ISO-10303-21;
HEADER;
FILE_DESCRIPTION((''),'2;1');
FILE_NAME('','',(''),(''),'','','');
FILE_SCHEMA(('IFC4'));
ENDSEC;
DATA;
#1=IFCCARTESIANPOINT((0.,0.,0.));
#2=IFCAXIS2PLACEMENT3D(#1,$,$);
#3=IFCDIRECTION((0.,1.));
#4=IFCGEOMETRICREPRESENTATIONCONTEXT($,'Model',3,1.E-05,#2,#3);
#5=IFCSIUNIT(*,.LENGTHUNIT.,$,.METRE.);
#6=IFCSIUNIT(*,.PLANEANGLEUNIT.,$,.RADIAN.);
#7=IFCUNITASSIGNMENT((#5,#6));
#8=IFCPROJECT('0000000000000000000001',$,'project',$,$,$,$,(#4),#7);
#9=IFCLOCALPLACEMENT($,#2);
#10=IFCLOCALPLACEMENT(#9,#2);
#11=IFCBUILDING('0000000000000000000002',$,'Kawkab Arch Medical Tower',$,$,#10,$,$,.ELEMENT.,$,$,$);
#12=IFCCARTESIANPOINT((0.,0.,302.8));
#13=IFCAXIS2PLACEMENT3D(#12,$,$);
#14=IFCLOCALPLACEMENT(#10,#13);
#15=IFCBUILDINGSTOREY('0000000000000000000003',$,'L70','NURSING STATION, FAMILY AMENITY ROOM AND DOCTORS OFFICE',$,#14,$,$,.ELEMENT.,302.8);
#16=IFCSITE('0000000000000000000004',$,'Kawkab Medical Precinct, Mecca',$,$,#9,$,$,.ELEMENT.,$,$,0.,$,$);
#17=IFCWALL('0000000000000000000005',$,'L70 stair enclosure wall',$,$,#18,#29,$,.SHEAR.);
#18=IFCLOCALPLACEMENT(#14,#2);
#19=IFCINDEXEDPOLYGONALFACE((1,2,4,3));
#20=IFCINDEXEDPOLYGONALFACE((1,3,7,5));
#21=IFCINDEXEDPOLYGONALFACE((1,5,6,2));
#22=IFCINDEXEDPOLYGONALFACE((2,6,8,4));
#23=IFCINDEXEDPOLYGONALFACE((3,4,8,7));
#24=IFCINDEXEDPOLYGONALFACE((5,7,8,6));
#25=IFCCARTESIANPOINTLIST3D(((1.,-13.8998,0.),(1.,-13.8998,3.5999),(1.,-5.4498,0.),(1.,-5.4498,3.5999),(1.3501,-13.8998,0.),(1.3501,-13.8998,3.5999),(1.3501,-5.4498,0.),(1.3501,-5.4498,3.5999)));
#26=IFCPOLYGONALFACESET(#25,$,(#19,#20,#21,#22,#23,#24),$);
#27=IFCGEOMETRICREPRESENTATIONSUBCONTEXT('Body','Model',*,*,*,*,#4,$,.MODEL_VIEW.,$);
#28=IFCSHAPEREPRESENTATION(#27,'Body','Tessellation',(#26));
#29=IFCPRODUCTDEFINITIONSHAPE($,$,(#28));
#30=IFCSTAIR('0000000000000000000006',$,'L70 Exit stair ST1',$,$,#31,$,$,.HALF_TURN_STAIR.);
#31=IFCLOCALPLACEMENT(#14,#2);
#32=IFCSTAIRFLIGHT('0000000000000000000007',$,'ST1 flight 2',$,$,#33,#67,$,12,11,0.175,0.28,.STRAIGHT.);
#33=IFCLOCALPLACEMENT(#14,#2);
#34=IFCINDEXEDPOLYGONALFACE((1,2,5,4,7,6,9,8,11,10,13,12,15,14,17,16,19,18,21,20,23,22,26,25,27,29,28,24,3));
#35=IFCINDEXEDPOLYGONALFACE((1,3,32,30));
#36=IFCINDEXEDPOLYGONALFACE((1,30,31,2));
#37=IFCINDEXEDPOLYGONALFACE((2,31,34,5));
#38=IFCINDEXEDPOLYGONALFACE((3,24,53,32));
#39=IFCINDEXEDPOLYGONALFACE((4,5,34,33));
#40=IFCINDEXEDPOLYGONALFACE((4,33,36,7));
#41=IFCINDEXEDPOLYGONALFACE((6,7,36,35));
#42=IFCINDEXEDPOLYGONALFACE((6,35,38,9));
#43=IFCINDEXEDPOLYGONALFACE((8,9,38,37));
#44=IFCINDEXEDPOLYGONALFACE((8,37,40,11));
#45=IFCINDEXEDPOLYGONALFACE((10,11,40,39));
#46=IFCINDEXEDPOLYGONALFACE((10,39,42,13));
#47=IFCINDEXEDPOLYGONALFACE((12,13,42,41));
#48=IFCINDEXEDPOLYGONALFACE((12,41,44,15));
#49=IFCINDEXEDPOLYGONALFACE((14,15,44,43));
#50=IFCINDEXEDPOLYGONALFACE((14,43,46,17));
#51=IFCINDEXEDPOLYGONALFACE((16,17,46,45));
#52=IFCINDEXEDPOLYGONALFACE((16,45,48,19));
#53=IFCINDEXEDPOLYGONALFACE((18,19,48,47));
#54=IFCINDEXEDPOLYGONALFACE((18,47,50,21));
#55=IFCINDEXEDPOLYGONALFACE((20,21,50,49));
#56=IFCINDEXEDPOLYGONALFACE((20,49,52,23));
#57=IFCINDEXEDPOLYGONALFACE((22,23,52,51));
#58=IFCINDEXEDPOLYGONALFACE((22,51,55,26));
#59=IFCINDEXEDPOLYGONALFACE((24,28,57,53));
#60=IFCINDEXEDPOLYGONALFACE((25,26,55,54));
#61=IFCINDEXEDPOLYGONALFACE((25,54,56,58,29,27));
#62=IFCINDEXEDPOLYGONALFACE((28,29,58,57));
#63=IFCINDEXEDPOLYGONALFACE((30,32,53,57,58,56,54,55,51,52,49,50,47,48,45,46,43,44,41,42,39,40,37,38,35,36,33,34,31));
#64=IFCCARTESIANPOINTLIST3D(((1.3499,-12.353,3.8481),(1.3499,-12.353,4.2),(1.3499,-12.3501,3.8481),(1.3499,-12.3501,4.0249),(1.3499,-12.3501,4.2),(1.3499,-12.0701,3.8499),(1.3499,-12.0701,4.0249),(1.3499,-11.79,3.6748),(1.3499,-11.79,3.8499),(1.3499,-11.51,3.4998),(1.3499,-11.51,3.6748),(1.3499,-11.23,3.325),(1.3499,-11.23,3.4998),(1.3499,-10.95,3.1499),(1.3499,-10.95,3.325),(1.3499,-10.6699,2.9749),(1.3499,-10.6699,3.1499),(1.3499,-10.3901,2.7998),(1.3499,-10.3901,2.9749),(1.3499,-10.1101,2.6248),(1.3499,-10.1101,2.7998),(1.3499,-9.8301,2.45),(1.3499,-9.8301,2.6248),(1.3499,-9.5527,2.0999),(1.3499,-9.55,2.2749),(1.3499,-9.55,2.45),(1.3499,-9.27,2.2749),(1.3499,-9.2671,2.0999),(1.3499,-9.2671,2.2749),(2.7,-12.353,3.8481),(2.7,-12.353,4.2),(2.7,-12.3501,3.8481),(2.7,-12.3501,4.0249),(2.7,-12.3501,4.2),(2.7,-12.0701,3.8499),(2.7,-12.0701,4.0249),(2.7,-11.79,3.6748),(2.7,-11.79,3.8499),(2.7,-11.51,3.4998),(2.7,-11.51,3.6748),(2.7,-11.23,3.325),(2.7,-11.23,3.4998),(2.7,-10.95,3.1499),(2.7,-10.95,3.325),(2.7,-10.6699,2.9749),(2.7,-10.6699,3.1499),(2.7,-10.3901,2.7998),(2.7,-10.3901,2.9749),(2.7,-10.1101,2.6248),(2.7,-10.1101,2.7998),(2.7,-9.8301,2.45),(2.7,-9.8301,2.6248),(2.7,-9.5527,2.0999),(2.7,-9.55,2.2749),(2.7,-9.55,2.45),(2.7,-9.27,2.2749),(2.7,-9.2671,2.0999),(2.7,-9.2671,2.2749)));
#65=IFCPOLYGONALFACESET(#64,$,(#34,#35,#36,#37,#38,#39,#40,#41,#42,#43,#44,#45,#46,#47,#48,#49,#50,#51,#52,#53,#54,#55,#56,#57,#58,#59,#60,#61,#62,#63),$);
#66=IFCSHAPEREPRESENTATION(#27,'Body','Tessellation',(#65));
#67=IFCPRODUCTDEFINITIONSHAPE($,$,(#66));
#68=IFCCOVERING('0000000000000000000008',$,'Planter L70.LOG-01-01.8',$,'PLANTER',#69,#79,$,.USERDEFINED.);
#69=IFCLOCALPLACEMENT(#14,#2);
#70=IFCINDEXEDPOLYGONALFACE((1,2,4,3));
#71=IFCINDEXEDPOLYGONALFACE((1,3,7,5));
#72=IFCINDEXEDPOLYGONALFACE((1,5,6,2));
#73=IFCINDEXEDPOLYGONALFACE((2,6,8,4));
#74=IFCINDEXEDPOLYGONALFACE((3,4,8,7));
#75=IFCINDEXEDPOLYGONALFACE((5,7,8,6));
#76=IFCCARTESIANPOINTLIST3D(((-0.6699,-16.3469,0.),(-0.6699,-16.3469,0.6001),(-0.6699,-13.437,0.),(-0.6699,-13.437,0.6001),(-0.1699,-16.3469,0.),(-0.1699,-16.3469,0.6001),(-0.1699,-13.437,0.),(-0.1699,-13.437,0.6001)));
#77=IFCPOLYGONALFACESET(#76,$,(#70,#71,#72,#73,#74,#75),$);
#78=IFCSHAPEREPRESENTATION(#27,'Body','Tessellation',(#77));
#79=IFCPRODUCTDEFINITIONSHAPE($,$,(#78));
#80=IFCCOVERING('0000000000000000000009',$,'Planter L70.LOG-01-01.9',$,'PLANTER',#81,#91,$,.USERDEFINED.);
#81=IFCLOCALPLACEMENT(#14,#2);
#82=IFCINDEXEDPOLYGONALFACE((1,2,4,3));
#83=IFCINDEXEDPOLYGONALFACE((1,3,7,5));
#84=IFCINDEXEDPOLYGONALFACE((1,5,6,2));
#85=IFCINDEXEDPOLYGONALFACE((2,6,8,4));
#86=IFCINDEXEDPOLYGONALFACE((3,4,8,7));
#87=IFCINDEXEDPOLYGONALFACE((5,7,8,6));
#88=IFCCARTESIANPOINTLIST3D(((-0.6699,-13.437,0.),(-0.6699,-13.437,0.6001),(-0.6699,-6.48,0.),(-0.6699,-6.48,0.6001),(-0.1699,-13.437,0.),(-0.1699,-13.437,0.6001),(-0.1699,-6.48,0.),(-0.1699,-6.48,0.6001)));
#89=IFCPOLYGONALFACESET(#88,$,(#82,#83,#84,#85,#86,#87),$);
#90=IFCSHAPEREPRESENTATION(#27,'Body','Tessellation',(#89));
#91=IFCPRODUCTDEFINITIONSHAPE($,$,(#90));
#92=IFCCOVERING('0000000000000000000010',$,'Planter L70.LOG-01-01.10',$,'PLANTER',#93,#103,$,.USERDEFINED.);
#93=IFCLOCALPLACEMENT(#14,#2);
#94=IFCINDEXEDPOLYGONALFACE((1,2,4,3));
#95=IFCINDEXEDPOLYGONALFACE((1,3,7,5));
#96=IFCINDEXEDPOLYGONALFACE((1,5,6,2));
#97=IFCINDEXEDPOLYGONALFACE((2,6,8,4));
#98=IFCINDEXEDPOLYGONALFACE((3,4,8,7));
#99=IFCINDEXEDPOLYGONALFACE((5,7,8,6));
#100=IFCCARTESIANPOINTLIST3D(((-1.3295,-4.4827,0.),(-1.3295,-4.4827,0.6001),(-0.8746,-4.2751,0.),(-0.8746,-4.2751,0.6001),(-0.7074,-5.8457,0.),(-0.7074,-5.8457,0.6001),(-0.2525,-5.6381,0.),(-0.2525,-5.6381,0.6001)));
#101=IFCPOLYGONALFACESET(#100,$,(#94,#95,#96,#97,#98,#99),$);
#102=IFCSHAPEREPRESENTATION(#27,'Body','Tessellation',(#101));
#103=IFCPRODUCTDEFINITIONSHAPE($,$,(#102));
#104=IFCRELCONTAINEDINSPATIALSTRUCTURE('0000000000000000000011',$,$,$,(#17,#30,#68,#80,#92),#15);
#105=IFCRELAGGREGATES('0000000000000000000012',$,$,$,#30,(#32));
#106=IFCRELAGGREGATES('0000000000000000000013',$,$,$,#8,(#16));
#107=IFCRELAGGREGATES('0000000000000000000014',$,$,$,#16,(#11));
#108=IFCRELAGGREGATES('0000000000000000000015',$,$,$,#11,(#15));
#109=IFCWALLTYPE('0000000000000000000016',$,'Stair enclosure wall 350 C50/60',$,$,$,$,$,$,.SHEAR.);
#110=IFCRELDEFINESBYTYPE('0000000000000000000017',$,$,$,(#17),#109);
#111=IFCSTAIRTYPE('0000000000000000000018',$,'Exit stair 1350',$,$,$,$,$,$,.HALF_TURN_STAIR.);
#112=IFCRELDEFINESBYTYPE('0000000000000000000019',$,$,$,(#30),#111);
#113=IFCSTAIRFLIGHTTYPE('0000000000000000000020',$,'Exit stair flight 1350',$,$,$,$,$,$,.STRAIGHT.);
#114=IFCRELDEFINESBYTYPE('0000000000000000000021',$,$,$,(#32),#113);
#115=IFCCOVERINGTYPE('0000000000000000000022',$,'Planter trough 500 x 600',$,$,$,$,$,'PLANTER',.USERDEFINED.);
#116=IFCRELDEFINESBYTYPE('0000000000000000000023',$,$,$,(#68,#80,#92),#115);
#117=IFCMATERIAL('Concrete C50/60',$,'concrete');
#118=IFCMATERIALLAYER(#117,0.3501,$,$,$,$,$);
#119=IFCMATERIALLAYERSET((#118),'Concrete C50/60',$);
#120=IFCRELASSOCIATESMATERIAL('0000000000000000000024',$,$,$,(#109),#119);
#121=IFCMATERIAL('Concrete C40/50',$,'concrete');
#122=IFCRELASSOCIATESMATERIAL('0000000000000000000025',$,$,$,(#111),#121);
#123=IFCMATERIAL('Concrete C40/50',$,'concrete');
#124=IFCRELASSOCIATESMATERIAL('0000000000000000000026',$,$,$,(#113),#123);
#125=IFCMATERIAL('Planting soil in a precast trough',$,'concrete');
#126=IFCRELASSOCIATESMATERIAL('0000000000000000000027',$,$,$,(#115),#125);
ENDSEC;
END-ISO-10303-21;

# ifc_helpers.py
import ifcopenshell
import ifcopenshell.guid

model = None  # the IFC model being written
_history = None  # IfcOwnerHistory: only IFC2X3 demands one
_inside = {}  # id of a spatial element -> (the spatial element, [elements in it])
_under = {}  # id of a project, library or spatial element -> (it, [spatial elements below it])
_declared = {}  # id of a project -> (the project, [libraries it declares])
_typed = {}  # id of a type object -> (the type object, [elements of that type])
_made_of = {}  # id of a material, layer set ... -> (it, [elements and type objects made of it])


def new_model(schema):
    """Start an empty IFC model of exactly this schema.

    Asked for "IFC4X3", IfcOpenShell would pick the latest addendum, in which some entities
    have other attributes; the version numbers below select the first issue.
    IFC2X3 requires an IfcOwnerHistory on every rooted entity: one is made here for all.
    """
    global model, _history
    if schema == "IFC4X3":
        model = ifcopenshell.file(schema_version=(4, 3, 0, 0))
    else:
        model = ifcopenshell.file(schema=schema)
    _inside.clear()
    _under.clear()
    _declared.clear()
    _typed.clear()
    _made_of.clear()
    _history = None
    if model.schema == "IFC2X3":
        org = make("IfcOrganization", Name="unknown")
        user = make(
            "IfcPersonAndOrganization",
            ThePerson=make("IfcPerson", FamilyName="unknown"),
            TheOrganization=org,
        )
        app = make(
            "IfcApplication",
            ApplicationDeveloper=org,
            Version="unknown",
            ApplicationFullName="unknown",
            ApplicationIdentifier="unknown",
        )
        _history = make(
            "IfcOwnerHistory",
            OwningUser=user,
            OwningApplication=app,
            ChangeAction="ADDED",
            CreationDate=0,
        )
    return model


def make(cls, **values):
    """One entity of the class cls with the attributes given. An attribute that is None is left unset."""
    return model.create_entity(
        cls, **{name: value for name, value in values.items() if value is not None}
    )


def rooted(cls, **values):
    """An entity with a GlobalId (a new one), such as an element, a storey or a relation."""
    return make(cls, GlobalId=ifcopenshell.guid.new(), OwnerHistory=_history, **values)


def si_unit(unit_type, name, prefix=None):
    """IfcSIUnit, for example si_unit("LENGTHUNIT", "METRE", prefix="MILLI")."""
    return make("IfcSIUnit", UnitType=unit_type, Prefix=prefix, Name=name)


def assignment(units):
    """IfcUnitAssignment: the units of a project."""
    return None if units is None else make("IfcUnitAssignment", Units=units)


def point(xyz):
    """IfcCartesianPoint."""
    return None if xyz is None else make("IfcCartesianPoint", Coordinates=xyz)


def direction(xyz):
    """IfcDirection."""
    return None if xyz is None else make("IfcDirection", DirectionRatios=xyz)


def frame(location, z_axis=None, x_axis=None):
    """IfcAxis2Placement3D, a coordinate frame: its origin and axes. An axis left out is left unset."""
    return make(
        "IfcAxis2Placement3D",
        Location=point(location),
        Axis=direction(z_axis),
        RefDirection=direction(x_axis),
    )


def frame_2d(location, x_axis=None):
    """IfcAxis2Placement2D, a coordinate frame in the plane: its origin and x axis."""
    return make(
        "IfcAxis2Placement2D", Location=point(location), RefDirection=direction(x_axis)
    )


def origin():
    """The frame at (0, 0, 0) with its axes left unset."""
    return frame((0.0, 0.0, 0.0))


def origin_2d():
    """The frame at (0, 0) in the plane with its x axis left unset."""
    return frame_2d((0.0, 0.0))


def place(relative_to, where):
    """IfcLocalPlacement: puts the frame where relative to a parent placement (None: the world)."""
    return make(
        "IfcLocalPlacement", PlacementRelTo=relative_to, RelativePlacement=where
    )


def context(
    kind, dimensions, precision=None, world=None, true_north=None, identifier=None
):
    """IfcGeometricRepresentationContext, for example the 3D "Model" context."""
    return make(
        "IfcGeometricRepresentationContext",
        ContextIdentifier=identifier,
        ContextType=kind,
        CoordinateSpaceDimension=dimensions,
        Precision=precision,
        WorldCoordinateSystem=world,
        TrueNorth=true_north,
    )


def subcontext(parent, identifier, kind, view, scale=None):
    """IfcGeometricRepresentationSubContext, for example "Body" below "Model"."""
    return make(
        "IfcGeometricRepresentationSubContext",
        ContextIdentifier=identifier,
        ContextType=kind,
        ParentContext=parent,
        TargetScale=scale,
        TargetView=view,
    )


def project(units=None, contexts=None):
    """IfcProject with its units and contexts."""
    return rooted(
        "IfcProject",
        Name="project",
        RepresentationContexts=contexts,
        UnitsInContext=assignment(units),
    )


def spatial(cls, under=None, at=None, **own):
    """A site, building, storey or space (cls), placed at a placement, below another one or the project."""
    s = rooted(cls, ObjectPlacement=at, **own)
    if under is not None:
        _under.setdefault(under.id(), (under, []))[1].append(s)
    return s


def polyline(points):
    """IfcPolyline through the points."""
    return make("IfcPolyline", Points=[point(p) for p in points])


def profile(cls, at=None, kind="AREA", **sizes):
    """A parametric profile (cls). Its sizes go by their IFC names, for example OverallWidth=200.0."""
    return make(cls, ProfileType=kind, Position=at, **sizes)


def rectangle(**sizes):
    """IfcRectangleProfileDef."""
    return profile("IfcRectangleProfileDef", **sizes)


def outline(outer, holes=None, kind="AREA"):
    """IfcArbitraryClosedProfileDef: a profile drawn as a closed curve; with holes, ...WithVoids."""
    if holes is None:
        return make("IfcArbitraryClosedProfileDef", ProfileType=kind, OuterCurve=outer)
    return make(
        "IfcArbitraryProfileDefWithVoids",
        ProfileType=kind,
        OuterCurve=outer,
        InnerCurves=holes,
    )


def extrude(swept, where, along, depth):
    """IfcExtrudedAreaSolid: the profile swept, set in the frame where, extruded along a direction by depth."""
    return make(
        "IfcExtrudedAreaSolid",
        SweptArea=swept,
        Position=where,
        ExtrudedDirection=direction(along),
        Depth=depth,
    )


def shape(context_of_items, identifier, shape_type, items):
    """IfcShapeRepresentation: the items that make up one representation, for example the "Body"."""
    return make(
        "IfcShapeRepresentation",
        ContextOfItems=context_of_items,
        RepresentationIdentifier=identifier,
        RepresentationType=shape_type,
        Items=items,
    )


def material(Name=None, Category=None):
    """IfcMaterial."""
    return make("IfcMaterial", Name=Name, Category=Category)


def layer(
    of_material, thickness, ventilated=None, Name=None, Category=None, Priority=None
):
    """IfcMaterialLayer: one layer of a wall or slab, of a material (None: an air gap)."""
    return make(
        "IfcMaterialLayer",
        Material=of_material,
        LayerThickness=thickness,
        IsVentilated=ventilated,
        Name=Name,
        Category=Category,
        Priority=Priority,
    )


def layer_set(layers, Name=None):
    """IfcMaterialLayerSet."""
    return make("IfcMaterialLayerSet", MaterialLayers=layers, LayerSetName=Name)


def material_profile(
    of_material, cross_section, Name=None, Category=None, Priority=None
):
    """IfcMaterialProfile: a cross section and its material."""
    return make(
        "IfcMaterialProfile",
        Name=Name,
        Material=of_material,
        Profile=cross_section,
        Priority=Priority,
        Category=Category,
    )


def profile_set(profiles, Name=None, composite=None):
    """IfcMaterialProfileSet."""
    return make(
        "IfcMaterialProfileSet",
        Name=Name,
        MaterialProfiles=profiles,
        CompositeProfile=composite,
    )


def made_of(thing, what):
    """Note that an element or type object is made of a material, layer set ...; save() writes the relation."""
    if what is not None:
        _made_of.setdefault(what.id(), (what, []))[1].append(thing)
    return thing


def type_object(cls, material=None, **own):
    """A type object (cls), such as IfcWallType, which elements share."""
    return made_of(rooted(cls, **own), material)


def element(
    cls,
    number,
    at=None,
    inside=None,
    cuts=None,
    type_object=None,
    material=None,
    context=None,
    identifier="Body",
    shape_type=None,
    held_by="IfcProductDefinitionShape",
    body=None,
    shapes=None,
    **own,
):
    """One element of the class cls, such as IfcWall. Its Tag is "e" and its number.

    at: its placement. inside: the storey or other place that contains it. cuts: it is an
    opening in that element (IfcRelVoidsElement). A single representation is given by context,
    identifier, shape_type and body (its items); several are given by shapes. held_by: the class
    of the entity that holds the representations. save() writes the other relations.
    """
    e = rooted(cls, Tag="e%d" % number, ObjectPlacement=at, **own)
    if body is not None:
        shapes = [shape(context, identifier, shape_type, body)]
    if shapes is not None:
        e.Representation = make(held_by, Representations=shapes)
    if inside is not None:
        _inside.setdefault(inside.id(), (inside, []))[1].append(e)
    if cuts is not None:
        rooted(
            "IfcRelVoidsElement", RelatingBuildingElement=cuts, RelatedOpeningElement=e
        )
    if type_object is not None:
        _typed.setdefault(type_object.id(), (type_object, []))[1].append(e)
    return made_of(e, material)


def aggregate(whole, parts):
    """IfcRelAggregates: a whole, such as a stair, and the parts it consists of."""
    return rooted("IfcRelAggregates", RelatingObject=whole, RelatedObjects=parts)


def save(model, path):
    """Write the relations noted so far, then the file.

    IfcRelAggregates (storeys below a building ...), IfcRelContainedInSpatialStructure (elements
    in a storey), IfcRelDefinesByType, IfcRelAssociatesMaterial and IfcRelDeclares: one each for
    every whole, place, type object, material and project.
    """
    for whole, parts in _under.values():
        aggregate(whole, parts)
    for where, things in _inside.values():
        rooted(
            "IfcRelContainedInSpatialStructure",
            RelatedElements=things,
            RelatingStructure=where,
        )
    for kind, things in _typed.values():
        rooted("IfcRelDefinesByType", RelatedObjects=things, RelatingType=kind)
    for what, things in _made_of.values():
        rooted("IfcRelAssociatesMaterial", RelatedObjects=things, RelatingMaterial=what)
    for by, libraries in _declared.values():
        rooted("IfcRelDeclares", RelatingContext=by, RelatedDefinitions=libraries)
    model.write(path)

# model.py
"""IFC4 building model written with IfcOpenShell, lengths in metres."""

from ifc_helpers import new_model, si_unit, direction, frame, frame_2d, origin, origin_2d, place, context, subcontext, project, spatial, polyline, rectangle, outline, extrude, material, layer, layer_set, material_profile, profile_set, type_object, element, aggregate, save


model = new_model("IFC4")

# Units and contexts
model_context = context("Model", 3, precision=1e-05, world=origin(), true_north=direction((0.0, 1.0)))
body_context = subcontext(model_context, "Body", "Model", "MODEL_VIEW")
ifc_project = project(units=[si_unit("LENGTHUNIT", "METRE"), si_unit("PLANEANGLEUNIT", "RADIAN")], contexts=[model_context])

# Site, building, storey
site_placement = place(None, origin())
site = spatial("IfcSite", under=ifc_project, at=site_placement, Name="Kawkab Medical Precinct, Mecca", CompositionType="ELEMENT", RefElevation=0.0)
building_placement = place(site_placement, origin())
building = spatial("IfcBuilding", under=site, at=building_placement, Name="Kawkab Arch Medical Tower", CompositionType="ELEMENT")
storey_placement = place(building_placement, frame((0.0, 0.0, 302.8)))
storey = spatial("IfcBuildingStorey", under=building, at=storey_placement, Name="L70", Description="NURSING STATION, FAMILY AMENITY ROOM AND DOCTORS OFFICE", CompositionType="ELEMENT", Elevation=302.8)

# Shared definitions
placement = place(storey_placement, origin())

# Wall
ifc_material_1 = material(Name="Concrete C50/60", Category="concrete")
ifc_layer_1 = layer(ifc_material_1, 0.3501)
ifc_layer_set_1 = layer_set([ifc_layer_1], Name="Concrete C50/60")
wall_type_1 = type_object("IfcWallType", Name="Stair enclosure wall 350 C50/60", PredefinedType="SHEAR", material=ifc_layer_set_1)
wall_placement = place(storey_placement, frame((1.175, -13.8999, 0.0), z_axis=(0.0, 0.0, 1.0), x_axis=(0.0, 1.0, 0.0)))
element("IfcWall", 1, at=wall_placement, inside=storey, type_object=wall_type_1, Name="L70 stair enclosure wall", PredefinedType="SHEAR", context=body_context, shape_type="SweptSolid", body=[
    extrude(rectangle(XDim=8.45, YDim=0.3501, at=frame_2d((4.2251, 0.0))), origin(), (0.0, 0.0, 1.0), 3.5999),
])

# Stair, stair flight
ifc_material_2 = material(Name="Concrete C40/50", Category="concrete")
stair_type = type_object("IfcStairType", Name="Exit stair 1350", PredefinedType="HALF_TURN_STAIR", material=ifc_material_2)
stair = element("IfcStair", 2, at=placement, inside=storey, type_object=stair_type, Name="L70 Exit stair ST1", PredefinedType="HALF_TURN_STAIR")
ifc_material_3 = material(Name="Concrete C40/50", Category="concrete")
stair_flight_type = type_object("IfcStairFlightType", Name="Exit stair flight 1350", PredefinedType="STRAIGHT", material=ifc_material_3)
stair_flight_placement = place(storey_placement, frame((2.0249, -9.27, 2.0999), z_axis=(0.0, 0.0, 1.0), x_axis=(0.0, -1.0, 0.0)))
stair_flight = element("IfcStairFlight", 3, at=stair_flight_placement, type_object=stair_flight_type, Name="ST1 flight 2", NumberOfRisers=12, NumberOfTreads=11, PredefinedType="STRAIGHT", RiserHeight=0.175, TreadLength=0.28, context=body_context, shape_type="SweptSolid", body=[
    extrude(outline(polyline([(-0.0029, 0.0), (-0.0029, 0.175), (0.0, 0.175), (0.28, 0.175), (0.28, 0.3501), (0.5601, 0.3501), (0.5601, 0.5249), (0.8401, 0.5249), (0.8401, 0.7), (1.1201, 0.7), (1.1201, 0.875), (1.3999, 0.875), (1.3999, 1.05), (1.6799, 1.05), (1.6799, 1.2251), (1.96, 1.2251), (1.96, 1.3999), (2.24, 1.3999), (2.24, 1.575), (2.52, 1.575), (2.52, 1.75), (2.8, 1.75), (2.8, 1.925), (3.0801, 1.925), (3.0801, 2.1001), (3.083, 2.1001), (3.083, 1.7483), (3.0801, 1.7483), (0.2827, 0.0), (-0.0029, 0.0)])), frame((0.0, 0.675, 0.0), z_axis=(0.0, -1.0, 0.0), x_axis=(1.0, 0.0, 0.0)), (0.0, 0.0, 1.0), 1.3501),
])
aggregate(stair, [stair_flight])

# Coverings
ifc_material_4 = material(Name="Planting soil in a precast trough", Category="concrete")
ifc_material_profile_1 = material_profile(ifc_material_4, rectangle(XDim=0.5, YDim=0.6001, at=origin_2d()), Name="Trough 500x600")
ifc_profile_set_1 = profile_set([ifc_material_profile_1], Name="Planting soil in a precast trough")
covering_type = type_object("IfcCoveringType", Name="Planter trough 500 x 600", ElementType="PLANTER", PredefinedType="USERDEFINED", material=ifc_profile_set_1)
covering_1_placement = place(storey_placement, frame((-0.4199, -16.3469, 0.3), z_axis=(0.0, 1.0, 0.0), x_axis=(-1.0, 0.0, 0.0)))
element("IfcCovering", 4, at=covering_1_placement, inside=storey, type_object=covering_type, Name="Planter L70.LOG-01-01.8", ObjectType="PLANTER", PredefinedType="USERDEFINED", context=body_context, shape_type="SweptSolid", body=[
    extrude(rectangle(XDim=0.5, YDim=0.6001, at=origin_2d()), origin(), (0.0, 0.0, 1.0), 2.9099),
])
covering_2_placement = place(storey_placement, frame((-0.4199, -13.437, 0.3), z_axis=(0.0, 1.0, 0.0), x_axis=(-1.0, 0.0, 0.0)))
element("IfcCovering", 5, at=covering_2_placement, inside=storey, type_object=covering_type, Name="Planter L70.LOG-01-01.9", ObjectType="PLANTER", PredefinedType="USERDEFINED", context=body_context, shape_type="SweptSolid", body=[
    extrude(rectangle(XDim=0.5, YDim=0.6001, at=origin_2d()), origin(), (0.0, 0.0, 1.0), 6.957),
])
covering_3_placement = place(storey_placement, frame((-0.48, -5.7419, 0.3), z_axis=(-0.41519, 0.909735, 0.0), x_axis=(-0.909735, -0.41519, 0.0)))
element("IfcCovering", 6, at=covering_3_placement, inside=storey, type_object=covering_type, Name="Planter L70.LOG-01-01.10", ObjectType="PLANTER", PredefinedType="USERDEFINED", context=body_context, shape_type="SweptSolid", body=[
    extrude(rectangle(XDim=0.5, YDim=0.6001, at=origin_2d()), origin(), (0.0, 0.0, 1.0), 1.4983),
])

save(model, "model.ifc")
